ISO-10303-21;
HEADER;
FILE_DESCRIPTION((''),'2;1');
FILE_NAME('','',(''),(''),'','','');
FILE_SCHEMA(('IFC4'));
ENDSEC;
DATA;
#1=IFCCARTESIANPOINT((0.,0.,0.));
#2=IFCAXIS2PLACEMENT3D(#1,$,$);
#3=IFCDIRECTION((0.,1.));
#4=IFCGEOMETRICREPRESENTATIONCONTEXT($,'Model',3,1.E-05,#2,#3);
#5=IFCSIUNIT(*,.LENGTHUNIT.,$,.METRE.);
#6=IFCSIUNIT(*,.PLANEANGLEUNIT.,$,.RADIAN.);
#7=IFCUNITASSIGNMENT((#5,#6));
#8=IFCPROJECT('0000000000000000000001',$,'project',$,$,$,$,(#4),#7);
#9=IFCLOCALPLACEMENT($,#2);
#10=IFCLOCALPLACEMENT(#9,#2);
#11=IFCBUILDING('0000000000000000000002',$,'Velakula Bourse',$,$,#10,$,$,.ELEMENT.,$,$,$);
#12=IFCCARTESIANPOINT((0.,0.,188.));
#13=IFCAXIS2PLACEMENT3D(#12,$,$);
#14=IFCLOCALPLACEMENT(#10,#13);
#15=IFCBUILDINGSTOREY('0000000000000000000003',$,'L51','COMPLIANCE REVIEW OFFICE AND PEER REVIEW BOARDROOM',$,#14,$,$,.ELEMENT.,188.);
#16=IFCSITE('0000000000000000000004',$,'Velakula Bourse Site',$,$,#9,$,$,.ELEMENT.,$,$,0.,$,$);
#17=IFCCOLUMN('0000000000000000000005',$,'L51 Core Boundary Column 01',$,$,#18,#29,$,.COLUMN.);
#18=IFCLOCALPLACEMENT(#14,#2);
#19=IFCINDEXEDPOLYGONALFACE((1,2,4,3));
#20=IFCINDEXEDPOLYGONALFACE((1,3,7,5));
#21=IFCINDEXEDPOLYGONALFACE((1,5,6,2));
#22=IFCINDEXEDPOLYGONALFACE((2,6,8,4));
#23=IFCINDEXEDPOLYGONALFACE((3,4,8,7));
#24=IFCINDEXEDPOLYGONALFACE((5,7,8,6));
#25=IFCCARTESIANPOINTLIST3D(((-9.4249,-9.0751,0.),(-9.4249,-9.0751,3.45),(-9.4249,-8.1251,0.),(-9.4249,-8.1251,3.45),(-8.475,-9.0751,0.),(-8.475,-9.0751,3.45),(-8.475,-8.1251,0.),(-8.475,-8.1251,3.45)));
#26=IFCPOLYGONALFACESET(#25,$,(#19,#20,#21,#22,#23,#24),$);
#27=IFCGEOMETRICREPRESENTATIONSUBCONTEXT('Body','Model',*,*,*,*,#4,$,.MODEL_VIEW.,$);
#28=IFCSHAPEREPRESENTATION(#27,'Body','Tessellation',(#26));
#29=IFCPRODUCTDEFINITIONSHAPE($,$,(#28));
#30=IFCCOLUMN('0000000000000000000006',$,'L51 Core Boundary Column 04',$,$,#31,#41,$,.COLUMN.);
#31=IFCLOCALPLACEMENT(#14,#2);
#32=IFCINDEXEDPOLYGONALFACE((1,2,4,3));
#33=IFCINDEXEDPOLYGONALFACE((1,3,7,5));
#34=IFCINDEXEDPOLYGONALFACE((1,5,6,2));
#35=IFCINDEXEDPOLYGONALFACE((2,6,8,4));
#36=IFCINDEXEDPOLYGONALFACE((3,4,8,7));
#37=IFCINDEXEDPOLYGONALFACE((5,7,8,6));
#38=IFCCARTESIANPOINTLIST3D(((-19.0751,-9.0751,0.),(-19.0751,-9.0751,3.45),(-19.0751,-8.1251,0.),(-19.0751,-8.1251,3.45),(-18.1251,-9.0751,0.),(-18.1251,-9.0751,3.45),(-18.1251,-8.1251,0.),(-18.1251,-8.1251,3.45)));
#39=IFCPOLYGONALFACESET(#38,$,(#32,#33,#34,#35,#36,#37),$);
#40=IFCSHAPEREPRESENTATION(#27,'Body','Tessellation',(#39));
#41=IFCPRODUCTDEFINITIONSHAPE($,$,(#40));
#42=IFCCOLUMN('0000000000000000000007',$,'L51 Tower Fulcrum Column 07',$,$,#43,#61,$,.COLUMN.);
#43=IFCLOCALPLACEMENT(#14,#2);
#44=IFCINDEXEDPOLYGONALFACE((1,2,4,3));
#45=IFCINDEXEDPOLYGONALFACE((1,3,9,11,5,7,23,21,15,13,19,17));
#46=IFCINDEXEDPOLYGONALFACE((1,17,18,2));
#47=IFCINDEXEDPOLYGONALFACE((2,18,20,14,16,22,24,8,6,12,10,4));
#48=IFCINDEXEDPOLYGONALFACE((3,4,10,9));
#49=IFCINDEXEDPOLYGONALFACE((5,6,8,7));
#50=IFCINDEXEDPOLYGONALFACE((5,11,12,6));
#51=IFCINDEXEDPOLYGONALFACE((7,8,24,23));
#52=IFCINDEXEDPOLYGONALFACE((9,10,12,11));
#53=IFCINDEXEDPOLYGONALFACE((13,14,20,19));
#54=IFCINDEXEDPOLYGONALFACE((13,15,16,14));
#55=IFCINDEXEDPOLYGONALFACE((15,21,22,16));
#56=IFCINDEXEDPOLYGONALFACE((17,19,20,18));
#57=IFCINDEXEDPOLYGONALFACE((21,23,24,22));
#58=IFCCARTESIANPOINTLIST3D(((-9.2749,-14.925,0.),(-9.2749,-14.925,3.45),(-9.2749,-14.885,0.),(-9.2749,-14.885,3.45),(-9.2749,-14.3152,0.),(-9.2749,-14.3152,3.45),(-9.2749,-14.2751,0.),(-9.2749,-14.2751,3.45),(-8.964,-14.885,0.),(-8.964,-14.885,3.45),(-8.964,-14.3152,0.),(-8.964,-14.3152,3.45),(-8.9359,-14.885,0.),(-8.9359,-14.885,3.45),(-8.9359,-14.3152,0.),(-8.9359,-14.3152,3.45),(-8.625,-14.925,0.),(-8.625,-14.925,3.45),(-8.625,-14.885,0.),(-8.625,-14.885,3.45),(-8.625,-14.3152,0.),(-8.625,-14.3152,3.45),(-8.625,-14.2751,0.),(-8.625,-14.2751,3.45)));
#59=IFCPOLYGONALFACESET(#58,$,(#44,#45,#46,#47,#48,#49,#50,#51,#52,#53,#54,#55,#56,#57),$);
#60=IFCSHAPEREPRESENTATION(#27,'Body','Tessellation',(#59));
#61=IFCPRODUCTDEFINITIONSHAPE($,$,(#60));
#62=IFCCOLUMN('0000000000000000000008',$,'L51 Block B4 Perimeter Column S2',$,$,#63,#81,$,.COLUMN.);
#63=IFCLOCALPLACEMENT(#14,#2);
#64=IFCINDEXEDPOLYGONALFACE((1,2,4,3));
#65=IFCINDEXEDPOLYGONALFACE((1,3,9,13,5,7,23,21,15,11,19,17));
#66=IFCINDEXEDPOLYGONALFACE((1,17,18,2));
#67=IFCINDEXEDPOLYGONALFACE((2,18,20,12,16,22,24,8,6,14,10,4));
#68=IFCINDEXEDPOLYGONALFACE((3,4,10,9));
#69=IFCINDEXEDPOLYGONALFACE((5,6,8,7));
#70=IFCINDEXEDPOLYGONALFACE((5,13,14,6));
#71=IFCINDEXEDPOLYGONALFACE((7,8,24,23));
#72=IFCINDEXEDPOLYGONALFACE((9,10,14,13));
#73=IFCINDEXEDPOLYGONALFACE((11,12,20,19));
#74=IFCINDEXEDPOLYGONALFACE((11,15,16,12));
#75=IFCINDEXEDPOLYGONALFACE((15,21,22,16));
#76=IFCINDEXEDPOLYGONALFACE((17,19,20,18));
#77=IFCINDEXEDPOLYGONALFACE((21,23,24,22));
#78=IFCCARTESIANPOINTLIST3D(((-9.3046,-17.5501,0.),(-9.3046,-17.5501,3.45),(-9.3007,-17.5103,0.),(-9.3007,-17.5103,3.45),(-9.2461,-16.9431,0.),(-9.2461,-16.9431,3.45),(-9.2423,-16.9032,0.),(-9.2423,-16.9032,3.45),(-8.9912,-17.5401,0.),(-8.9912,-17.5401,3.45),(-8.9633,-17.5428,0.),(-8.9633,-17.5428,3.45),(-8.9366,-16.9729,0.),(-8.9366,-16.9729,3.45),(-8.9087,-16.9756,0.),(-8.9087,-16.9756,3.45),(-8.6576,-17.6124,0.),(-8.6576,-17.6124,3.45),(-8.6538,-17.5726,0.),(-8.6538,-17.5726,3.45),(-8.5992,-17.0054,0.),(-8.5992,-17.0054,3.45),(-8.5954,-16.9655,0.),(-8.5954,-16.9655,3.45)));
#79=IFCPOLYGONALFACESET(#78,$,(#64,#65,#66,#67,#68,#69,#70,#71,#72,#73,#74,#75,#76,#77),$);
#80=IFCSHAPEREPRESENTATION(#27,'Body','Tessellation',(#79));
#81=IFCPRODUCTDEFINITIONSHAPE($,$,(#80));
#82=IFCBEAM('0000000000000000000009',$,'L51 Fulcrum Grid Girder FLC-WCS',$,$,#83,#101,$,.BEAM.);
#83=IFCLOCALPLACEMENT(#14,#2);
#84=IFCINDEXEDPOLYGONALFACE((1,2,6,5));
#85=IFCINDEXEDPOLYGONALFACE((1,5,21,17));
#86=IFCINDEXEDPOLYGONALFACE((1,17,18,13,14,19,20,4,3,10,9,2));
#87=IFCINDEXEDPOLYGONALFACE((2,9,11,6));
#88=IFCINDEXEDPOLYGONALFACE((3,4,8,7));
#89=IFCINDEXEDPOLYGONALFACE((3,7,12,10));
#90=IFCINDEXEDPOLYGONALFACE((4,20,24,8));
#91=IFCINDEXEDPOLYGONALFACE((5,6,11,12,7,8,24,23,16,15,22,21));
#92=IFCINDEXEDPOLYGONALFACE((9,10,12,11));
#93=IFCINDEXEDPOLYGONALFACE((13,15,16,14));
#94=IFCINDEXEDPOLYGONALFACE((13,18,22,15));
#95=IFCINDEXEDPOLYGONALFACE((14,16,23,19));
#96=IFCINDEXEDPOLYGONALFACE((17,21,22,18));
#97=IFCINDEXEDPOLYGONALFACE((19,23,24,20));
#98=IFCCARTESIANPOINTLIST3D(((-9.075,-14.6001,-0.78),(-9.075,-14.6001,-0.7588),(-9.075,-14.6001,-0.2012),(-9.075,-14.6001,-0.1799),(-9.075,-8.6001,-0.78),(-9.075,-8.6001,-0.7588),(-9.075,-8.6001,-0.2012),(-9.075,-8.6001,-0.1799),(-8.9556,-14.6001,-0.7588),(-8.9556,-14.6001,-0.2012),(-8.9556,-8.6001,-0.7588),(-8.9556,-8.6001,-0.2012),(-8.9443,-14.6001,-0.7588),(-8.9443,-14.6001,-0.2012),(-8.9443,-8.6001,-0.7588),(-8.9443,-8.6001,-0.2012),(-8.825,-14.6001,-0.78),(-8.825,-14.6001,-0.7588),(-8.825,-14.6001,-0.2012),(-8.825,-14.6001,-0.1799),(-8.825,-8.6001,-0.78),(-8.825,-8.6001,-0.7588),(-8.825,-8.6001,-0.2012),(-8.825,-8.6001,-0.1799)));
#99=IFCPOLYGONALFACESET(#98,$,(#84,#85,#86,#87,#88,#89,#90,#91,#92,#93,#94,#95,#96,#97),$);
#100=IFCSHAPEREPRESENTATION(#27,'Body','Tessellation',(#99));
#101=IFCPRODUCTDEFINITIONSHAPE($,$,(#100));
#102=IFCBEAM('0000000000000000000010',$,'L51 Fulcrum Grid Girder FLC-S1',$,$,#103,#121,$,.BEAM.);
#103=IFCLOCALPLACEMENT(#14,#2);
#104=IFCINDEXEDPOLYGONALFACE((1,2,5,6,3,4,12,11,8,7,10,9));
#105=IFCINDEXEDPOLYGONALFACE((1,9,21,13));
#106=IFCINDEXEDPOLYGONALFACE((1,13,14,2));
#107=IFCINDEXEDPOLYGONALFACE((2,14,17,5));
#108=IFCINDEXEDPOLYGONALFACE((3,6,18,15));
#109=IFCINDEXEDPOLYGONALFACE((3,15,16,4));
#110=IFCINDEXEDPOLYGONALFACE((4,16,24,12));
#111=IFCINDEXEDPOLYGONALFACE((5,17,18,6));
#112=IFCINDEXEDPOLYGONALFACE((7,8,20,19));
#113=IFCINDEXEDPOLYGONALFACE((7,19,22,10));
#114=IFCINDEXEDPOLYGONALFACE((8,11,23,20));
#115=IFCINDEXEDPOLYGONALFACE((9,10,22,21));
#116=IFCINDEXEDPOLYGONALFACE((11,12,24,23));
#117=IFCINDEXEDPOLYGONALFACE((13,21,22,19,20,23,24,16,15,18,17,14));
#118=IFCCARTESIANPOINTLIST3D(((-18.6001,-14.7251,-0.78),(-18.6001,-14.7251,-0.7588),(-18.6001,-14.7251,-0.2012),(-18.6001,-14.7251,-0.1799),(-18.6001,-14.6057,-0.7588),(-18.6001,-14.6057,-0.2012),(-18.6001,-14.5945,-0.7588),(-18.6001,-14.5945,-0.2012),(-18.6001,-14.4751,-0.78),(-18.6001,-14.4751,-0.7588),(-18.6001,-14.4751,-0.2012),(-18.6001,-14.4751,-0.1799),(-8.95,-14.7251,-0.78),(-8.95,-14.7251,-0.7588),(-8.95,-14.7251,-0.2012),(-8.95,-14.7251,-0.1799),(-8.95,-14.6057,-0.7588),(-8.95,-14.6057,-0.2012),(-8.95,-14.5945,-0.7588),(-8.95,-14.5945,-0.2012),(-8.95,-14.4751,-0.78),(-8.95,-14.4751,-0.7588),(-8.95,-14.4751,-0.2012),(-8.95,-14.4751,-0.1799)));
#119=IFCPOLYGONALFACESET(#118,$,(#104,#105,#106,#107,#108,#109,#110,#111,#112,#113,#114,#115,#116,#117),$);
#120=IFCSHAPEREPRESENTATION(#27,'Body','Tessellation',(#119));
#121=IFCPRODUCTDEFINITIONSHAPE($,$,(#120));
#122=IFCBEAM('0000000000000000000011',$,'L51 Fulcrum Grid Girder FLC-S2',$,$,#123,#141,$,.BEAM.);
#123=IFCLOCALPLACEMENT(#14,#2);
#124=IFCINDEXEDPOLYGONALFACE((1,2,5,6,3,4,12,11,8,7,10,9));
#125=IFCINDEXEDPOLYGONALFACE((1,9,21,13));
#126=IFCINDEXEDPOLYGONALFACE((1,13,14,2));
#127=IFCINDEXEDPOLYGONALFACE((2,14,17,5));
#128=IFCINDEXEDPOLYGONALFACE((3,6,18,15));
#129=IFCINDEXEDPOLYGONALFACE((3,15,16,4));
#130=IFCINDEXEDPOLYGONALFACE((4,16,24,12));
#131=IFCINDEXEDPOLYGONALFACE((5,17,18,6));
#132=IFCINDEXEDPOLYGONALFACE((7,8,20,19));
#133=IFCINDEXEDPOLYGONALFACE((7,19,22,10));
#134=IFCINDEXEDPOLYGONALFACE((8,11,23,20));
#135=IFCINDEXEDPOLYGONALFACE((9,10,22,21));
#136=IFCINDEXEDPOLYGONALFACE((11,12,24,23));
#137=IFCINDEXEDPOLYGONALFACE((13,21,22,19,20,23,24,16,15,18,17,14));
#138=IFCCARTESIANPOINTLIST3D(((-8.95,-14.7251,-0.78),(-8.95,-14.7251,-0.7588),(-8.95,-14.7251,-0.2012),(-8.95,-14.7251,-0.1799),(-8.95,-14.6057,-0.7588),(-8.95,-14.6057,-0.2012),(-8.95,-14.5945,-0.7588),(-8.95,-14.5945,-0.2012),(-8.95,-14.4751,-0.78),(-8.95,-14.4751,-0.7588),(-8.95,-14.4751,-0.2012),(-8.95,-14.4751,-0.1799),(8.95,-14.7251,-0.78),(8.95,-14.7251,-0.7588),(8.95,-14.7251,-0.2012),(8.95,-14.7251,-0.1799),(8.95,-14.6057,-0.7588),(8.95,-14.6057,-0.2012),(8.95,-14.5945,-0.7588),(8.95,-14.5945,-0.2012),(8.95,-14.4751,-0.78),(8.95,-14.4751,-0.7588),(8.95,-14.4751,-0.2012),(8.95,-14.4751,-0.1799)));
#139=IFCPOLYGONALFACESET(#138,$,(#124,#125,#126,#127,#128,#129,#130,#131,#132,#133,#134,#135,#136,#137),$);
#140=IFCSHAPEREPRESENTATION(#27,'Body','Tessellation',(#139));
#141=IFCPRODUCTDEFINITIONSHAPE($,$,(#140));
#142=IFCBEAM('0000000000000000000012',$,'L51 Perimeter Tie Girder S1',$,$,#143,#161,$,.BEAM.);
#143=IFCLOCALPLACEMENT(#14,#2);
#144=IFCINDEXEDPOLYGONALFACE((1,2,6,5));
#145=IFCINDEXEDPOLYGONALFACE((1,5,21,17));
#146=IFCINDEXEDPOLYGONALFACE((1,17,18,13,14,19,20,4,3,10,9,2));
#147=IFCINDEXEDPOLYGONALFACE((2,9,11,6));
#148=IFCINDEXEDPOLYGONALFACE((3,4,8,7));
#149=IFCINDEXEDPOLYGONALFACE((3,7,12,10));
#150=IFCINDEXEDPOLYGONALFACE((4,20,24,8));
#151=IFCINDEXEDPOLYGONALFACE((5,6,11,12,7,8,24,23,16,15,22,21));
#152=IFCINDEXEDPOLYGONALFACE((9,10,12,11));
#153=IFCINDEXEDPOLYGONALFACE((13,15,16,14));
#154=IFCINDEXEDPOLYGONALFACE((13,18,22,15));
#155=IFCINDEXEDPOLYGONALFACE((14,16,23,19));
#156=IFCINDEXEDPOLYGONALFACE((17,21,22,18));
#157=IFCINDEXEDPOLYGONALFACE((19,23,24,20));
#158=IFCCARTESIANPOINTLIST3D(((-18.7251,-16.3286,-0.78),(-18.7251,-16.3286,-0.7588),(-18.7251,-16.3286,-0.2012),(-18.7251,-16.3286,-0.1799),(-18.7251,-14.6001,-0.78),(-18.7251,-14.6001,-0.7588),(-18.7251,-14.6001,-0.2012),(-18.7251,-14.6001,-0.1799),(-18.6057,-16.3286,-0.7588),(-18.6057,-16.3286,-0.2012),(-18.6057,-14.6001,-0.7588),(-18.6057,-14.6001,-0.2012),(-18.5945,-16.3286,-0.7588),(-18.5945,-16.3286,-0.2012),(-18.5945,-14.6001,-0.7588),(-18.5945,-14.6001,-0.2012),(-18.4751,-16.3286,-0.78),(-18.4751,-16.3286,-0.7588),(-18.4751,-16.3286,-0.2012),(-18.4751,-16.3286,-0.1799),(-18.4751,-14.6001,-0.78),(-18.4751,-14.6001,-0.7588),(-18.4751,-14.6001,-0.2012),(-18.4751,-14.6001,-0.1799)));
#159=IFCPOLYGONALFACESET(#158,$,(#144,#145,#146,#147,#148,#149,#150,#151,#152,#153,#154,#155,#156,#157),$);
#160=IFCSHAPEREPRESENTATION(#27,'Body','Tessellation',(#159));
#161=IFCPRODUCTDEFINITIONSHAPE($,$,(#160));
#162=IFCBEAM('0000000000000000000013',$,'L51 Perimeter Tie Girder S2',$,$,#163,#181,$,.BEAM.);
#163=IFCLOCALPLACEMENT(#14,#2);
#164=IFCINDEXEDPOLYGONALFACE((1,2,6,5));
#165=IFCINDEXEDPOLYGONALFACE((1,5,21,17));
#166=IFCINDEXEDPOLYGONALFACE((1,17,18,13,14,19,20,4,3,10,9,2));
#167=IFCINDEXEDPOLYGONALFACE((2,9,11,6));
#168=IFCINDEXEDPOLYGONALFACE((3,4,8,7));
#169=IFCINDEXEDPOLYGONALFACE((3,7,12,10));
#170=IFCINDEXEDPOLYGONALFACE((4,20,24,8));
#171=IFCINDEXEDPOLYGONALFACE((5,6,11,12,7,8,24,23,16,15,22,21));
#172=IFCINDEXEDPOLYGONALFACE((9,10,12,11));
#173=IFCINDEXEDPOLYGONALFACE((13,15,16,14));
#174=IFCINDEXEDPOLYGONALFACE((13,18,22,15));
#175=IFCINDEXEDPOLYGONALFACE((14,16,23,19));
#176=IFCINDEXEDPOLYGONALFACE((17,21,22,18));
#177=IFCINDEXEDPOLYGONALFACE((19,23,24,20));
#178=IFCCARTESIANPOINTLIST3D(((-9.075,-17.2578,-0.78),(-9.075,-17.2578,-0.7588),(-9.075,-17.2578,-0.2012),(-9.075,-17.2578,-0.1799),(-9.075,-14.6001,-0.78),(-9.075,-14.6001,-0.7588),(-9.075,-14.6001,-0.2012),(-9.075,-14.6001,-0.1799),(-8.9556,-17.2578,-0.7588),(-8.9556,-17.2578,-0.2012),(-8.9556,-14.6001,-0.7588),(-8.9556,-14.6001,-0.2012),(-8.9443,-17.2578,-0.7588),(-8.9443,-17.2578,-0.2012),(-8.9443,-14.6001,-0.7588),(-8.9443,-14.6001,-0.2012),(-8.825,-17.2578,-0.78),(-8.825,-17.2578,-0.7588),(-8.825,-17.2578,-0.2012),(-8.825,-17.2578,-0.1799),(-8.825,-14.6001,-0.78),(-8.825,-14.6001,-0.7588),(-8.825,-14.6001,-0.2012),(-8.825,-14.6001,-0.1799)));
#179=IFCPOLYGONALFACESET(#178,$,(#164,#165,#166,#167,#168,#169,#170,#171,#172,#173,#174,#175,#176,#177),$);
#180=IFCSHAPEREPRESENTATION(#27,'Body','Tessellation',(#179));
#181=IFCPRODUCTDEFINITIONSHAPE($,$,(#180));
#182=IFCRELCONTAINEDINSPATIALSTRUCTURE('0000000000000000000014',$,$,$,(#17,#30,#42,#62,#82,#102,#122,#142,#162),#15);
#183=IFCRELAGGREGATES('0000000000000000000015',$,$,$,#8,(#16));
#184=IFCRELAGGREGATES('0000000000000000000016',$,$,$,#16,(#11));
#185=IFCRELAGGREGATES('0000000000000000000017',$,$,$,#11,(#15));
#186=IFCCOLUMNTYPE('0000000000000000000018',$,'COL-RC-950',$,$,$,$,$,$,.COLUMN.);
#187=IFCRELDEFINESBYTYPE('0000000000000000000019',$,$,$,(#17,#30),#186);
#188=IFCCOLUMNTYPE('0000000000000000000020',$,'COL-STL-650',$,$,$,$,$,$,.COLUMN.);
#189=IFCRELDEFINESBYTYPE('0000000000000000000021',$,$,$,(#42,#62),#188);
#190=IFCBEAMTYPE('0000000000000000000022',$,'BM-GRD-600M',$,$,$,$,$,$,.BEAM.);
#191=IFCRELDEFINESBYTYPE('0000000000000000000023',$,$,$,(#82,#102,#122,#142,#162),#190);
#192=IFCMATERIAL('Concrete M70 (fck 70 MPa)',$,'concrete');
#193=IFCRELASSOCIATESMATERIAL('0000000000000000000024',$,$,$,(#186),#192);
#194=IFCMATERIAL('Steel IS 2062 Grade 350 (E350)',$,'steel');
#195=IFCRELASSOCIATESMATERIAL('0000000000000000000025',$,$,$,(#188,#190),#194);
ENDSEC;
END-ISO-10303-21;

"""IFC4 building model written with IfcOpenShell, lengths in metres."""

from ifc_helpers import new_model, si_unit, direction, frame, origin, origin_2d, place, context, subcontext, project, spatial, rectangle, i_section, extrude, material, material_profile, profile_set, type_object, element, save


model = new_model("IFC4")

# Units and contexts
model_context = context("Model", 3, precision=1e-05, world=origin(), true_north=direction((0.0, 1.0)))
body_context = subcontext(model_context, "Body", "Model", "MODEL_VIEW")
ifc_project = project(units=[si_unit("LENGTHUNIT", "METRE"), si_unit("PLANEANGLEUNIT", "RADIAN")], contexts=[model_context])

# Site, building, storey
site_placement = place(None, origin())
site = spatial("IfcSite", under=ifc_project, at=site_placement, Name="Velakula Bourse Site", CompositionType="ELEMENT", RefElevation=0.0)
building_placement = place(site_placement, origin())
building = spatial("IfcBuilding", under=site, at=building_placement, Name="Velakula Bourse", CompositionType="ELEMENT")
storey_placement = place(building_placement, frame((0.0, 0.0, 188.0)))
storey = spatial("IfcBuildingStorey", under=building, at=storey_placement, Name="L51", Description="COMPLIANCE REVIEW OFFICE AND PEER REVIEW BOARDROOM", CompositionType="ELEMENT", Elevation=188.0)

# Columns
ifc_material_1 = material(Name="Concrete M70 (fck 70 MPa)", Category="concrete")
ifc_material_profile_1 = material_profile(ifc_material_1, rectangle(XDim=0.95, YDim=0.95, at=origin_2d()), Name="Concrete M70 (fck 70 MPa)")
ifc_profile_set_1 = profile_set([ifc_material_profile_1], Name="Concrete M70 (fck 70 MPa)")
column_type_1 = type_object("IfcColumnType", Name="COL-RC-950", PredefinedType="COLUMN", material=ifc_profile_set_1)
for number, where, z_axis, x_axis, name in (
    (1, (-8.95, -8.6001, 0.0), (0.0, 0.0, 1.0), (1.0, 0.0, 0.0), "L51 Core Boundary Column 01"),
    (2, (-18.6001, -8.6001, 0.0), (0.0, 0.0, 1.0), (1.0, 0.0, 0.0), "L51 Core Boundary Column 04"),
):
    element("IfcColumn", number, at=place(storey_placement, frame(where, z_axis=z_axis, x_axis=x_axis)), inside=storey, type_object=column_type_1, Name=name, PredefinedType="COLUMN", context=body_context, shape_type="SweptSolid", body=[
        extrude(rectangle(XDim=0.95, YDim=0.95, at=origin_2d()), origin(), (0.0, 0.0, 1.0), 3.45),
    ])
ifc_material_2 = material(Name="Steel IS 2062 Grade 350 (E350)", Category="steel")
ifc_material_profile_2 = material_profile(ifc_material_2, i_section(OverallWidth=0.6499, OverallDepth=0.6499, WebThickness=0.0281, FlangeThickness=0.04, at=origin_2d()), Name="Steel IS 2062 Grade 350 (E350)")
ifc_profile_set_2 = profile_set([ifc_material_profile_2], Name="Steel IS 2062 Grade 350 (E350)")
column_type_2 = type_object("IfcColumnType", Name="COL-STL-650", PredefinedType="COLUMN", material=ifc_profile_set_2)
for number, where, z_axis, x_axis, name in (
    (3, (-8.95, -14.6001, 0.0), (0.0, 0.0, 1.0), (1.0, 0.0, 0.0), "L51 Tower Fulcrum Column 07"),
    (4, (-8.95, -17.2578, 0.0), (0.0, 0.0, 1.0), (0.995396, -0.095846, 0.0), "L51 Block B4 Perimeter Column S2"),
):
    element("IfcColumn", number, at=place(storey_placement, frame(where, z_axis=z_axis, x_axis=x_axis)), inside=storey, type_object=column_type_2, Name=name, PredefinedType="COLUMN", context=body_context, shape_type="SweptSolid", body=[
        extrude(i_section(OverallWidth=0.6499, OverallDepth=0.6499, WebThickness=0.0281, FlangeThickness=0.04, at=origin_2d()), origin(), (0.0, 0.0, 1.0), 3.45),
    ])

# Beams
ifc_material_profile_3 = material_profile(ifc_material_2, i_section(OverallWidth=0.25, OverallDepth=0.6001, WebThickness=0.0112, FlangeThickness=0.0212, at=origin_2d()), Name="Steel IS 2062 Grade 350 (E350)")
ifc_profile_set_3 = profile_set([ifc_material_profile_3], Name="Steel IS 2062 Grade 350 (E350)")
beam_type_1 = type_object("IfcBeamType", Name="BM-GRD-600M", PredefinedType="BEAM", material=ifc_profile_set_3)
beam_1_placement = place(storey_placement, frame((-8.95, -14.6001, -0.48), z_axis=(0.0, 1.0, 0.0), x_axis=(-1.0, 0.0, 0.0)))
element("IfcBeam", 5, at=beam_1_placement, inside=storey, type_object=beam_type_1, Name="L51 Fulcrum Grid Girder FLC-WCS", PredefinedType="BEAM", context=body_context, shape_type="SweptSolid", body=[
    extrude(i_section(OverallWidth=0.25, OverallDepth=0.6001, WebThickness=0.0112, FlangeThickness=0.0212, at=origin_2d()), origin(), (0.0, 0.0, 1.0), 6.0),
])
beam_2_placement = place(storey_placement, frame((-18.6001, -14.6001, -0.48), z_axis=(1.0, 0.0, 0.0), x_axis=(0.0, 1.0, 0.0)))
element("IfcBeam", 6, at=beam_2_placement, inside=storey, type_object=beam_type_1, Name="L51 Fulcrum Grid Girder FLC-S1", PredefinedType="BEAM", context=body_context, shape_type="SweptSolid", body=[
    extrude(i_section(OverallWidth=0.25, OverallDepth=0.6001, WebThickness=0.0112, FlangeThickness=0.0212, at=origin_2d()), origin(), (0.0, 0.0, 1.0), 9.6501),
])
beam_3_placement = place(storey_placement, frame((-8.95, -14.6001, -0.48), z_axis=(1.0, 0.0, 0.0), x_axis=(0.0, 1.0, 0.0)))
element("IfcBeam", 7, at=beam_3_placement, inside=storey, type_object=beam_type_1, Name="L51 Fulcrum Grid Girder FLC-S2", PredefinedType="BEAM", context=body_context, shape_type="SweptSolid", body=[
    extrude(i_section(OverallWidth=0.25, OverallDepth=0.6001, WebThickness=0.0112, FlangeThickness=0.0212, at=origin_2d()), origin(), (0.0, 0.0, 1.0), 17.8999),
])
beam_4_placement = place(storey_placement, frame((-18.6001, -14.6001, -0.48), z_axis=(0.0, -1.0, 0.0), x_axis=(1.0, 0.0, 0.0)))
element("IfcBeam", 8, at=beam_4_placement, inside=storey, type_object=beam_type_1, Name="L51 Perimeter Tie Girder S1", PredefinedType="BEAM", context=body_context, shape_type="SweptSolid", body=[
    extrude(i_section(OverallWidth=0.25, OverallDepth=0.6001, WebThickness=0.0112, FlangeThickness=0.0212, at=origin_2d()), origin(), (0.0, 0.0, 1.0), 1.7285),
])
beam_5_placement = place(storey_placement, frame((-8.95, -14.6001, -0.48), z_axis=(0.0, -1.0, 0.0), x_axis=(1.0, 0.0, 0.0)))
element("IfcBeam", 9, at=beam_5_placement, inside=storey, type_object=beam_type_1, Name="L51 Perimeter Tie Girder S2", PredefinedType="BEAM", context=body_context, shape_type="SweptSolid", body=[
    extrude(i_section(OverallWidth=0.25, OverallDepth=0.6001, WebThickness=0.0112, FlangeThickness=0.0212, at=origin_2d()), origin(), (0.0, 0.0, 1.0), 2.6577),
])

save(model, "model.ifc")
